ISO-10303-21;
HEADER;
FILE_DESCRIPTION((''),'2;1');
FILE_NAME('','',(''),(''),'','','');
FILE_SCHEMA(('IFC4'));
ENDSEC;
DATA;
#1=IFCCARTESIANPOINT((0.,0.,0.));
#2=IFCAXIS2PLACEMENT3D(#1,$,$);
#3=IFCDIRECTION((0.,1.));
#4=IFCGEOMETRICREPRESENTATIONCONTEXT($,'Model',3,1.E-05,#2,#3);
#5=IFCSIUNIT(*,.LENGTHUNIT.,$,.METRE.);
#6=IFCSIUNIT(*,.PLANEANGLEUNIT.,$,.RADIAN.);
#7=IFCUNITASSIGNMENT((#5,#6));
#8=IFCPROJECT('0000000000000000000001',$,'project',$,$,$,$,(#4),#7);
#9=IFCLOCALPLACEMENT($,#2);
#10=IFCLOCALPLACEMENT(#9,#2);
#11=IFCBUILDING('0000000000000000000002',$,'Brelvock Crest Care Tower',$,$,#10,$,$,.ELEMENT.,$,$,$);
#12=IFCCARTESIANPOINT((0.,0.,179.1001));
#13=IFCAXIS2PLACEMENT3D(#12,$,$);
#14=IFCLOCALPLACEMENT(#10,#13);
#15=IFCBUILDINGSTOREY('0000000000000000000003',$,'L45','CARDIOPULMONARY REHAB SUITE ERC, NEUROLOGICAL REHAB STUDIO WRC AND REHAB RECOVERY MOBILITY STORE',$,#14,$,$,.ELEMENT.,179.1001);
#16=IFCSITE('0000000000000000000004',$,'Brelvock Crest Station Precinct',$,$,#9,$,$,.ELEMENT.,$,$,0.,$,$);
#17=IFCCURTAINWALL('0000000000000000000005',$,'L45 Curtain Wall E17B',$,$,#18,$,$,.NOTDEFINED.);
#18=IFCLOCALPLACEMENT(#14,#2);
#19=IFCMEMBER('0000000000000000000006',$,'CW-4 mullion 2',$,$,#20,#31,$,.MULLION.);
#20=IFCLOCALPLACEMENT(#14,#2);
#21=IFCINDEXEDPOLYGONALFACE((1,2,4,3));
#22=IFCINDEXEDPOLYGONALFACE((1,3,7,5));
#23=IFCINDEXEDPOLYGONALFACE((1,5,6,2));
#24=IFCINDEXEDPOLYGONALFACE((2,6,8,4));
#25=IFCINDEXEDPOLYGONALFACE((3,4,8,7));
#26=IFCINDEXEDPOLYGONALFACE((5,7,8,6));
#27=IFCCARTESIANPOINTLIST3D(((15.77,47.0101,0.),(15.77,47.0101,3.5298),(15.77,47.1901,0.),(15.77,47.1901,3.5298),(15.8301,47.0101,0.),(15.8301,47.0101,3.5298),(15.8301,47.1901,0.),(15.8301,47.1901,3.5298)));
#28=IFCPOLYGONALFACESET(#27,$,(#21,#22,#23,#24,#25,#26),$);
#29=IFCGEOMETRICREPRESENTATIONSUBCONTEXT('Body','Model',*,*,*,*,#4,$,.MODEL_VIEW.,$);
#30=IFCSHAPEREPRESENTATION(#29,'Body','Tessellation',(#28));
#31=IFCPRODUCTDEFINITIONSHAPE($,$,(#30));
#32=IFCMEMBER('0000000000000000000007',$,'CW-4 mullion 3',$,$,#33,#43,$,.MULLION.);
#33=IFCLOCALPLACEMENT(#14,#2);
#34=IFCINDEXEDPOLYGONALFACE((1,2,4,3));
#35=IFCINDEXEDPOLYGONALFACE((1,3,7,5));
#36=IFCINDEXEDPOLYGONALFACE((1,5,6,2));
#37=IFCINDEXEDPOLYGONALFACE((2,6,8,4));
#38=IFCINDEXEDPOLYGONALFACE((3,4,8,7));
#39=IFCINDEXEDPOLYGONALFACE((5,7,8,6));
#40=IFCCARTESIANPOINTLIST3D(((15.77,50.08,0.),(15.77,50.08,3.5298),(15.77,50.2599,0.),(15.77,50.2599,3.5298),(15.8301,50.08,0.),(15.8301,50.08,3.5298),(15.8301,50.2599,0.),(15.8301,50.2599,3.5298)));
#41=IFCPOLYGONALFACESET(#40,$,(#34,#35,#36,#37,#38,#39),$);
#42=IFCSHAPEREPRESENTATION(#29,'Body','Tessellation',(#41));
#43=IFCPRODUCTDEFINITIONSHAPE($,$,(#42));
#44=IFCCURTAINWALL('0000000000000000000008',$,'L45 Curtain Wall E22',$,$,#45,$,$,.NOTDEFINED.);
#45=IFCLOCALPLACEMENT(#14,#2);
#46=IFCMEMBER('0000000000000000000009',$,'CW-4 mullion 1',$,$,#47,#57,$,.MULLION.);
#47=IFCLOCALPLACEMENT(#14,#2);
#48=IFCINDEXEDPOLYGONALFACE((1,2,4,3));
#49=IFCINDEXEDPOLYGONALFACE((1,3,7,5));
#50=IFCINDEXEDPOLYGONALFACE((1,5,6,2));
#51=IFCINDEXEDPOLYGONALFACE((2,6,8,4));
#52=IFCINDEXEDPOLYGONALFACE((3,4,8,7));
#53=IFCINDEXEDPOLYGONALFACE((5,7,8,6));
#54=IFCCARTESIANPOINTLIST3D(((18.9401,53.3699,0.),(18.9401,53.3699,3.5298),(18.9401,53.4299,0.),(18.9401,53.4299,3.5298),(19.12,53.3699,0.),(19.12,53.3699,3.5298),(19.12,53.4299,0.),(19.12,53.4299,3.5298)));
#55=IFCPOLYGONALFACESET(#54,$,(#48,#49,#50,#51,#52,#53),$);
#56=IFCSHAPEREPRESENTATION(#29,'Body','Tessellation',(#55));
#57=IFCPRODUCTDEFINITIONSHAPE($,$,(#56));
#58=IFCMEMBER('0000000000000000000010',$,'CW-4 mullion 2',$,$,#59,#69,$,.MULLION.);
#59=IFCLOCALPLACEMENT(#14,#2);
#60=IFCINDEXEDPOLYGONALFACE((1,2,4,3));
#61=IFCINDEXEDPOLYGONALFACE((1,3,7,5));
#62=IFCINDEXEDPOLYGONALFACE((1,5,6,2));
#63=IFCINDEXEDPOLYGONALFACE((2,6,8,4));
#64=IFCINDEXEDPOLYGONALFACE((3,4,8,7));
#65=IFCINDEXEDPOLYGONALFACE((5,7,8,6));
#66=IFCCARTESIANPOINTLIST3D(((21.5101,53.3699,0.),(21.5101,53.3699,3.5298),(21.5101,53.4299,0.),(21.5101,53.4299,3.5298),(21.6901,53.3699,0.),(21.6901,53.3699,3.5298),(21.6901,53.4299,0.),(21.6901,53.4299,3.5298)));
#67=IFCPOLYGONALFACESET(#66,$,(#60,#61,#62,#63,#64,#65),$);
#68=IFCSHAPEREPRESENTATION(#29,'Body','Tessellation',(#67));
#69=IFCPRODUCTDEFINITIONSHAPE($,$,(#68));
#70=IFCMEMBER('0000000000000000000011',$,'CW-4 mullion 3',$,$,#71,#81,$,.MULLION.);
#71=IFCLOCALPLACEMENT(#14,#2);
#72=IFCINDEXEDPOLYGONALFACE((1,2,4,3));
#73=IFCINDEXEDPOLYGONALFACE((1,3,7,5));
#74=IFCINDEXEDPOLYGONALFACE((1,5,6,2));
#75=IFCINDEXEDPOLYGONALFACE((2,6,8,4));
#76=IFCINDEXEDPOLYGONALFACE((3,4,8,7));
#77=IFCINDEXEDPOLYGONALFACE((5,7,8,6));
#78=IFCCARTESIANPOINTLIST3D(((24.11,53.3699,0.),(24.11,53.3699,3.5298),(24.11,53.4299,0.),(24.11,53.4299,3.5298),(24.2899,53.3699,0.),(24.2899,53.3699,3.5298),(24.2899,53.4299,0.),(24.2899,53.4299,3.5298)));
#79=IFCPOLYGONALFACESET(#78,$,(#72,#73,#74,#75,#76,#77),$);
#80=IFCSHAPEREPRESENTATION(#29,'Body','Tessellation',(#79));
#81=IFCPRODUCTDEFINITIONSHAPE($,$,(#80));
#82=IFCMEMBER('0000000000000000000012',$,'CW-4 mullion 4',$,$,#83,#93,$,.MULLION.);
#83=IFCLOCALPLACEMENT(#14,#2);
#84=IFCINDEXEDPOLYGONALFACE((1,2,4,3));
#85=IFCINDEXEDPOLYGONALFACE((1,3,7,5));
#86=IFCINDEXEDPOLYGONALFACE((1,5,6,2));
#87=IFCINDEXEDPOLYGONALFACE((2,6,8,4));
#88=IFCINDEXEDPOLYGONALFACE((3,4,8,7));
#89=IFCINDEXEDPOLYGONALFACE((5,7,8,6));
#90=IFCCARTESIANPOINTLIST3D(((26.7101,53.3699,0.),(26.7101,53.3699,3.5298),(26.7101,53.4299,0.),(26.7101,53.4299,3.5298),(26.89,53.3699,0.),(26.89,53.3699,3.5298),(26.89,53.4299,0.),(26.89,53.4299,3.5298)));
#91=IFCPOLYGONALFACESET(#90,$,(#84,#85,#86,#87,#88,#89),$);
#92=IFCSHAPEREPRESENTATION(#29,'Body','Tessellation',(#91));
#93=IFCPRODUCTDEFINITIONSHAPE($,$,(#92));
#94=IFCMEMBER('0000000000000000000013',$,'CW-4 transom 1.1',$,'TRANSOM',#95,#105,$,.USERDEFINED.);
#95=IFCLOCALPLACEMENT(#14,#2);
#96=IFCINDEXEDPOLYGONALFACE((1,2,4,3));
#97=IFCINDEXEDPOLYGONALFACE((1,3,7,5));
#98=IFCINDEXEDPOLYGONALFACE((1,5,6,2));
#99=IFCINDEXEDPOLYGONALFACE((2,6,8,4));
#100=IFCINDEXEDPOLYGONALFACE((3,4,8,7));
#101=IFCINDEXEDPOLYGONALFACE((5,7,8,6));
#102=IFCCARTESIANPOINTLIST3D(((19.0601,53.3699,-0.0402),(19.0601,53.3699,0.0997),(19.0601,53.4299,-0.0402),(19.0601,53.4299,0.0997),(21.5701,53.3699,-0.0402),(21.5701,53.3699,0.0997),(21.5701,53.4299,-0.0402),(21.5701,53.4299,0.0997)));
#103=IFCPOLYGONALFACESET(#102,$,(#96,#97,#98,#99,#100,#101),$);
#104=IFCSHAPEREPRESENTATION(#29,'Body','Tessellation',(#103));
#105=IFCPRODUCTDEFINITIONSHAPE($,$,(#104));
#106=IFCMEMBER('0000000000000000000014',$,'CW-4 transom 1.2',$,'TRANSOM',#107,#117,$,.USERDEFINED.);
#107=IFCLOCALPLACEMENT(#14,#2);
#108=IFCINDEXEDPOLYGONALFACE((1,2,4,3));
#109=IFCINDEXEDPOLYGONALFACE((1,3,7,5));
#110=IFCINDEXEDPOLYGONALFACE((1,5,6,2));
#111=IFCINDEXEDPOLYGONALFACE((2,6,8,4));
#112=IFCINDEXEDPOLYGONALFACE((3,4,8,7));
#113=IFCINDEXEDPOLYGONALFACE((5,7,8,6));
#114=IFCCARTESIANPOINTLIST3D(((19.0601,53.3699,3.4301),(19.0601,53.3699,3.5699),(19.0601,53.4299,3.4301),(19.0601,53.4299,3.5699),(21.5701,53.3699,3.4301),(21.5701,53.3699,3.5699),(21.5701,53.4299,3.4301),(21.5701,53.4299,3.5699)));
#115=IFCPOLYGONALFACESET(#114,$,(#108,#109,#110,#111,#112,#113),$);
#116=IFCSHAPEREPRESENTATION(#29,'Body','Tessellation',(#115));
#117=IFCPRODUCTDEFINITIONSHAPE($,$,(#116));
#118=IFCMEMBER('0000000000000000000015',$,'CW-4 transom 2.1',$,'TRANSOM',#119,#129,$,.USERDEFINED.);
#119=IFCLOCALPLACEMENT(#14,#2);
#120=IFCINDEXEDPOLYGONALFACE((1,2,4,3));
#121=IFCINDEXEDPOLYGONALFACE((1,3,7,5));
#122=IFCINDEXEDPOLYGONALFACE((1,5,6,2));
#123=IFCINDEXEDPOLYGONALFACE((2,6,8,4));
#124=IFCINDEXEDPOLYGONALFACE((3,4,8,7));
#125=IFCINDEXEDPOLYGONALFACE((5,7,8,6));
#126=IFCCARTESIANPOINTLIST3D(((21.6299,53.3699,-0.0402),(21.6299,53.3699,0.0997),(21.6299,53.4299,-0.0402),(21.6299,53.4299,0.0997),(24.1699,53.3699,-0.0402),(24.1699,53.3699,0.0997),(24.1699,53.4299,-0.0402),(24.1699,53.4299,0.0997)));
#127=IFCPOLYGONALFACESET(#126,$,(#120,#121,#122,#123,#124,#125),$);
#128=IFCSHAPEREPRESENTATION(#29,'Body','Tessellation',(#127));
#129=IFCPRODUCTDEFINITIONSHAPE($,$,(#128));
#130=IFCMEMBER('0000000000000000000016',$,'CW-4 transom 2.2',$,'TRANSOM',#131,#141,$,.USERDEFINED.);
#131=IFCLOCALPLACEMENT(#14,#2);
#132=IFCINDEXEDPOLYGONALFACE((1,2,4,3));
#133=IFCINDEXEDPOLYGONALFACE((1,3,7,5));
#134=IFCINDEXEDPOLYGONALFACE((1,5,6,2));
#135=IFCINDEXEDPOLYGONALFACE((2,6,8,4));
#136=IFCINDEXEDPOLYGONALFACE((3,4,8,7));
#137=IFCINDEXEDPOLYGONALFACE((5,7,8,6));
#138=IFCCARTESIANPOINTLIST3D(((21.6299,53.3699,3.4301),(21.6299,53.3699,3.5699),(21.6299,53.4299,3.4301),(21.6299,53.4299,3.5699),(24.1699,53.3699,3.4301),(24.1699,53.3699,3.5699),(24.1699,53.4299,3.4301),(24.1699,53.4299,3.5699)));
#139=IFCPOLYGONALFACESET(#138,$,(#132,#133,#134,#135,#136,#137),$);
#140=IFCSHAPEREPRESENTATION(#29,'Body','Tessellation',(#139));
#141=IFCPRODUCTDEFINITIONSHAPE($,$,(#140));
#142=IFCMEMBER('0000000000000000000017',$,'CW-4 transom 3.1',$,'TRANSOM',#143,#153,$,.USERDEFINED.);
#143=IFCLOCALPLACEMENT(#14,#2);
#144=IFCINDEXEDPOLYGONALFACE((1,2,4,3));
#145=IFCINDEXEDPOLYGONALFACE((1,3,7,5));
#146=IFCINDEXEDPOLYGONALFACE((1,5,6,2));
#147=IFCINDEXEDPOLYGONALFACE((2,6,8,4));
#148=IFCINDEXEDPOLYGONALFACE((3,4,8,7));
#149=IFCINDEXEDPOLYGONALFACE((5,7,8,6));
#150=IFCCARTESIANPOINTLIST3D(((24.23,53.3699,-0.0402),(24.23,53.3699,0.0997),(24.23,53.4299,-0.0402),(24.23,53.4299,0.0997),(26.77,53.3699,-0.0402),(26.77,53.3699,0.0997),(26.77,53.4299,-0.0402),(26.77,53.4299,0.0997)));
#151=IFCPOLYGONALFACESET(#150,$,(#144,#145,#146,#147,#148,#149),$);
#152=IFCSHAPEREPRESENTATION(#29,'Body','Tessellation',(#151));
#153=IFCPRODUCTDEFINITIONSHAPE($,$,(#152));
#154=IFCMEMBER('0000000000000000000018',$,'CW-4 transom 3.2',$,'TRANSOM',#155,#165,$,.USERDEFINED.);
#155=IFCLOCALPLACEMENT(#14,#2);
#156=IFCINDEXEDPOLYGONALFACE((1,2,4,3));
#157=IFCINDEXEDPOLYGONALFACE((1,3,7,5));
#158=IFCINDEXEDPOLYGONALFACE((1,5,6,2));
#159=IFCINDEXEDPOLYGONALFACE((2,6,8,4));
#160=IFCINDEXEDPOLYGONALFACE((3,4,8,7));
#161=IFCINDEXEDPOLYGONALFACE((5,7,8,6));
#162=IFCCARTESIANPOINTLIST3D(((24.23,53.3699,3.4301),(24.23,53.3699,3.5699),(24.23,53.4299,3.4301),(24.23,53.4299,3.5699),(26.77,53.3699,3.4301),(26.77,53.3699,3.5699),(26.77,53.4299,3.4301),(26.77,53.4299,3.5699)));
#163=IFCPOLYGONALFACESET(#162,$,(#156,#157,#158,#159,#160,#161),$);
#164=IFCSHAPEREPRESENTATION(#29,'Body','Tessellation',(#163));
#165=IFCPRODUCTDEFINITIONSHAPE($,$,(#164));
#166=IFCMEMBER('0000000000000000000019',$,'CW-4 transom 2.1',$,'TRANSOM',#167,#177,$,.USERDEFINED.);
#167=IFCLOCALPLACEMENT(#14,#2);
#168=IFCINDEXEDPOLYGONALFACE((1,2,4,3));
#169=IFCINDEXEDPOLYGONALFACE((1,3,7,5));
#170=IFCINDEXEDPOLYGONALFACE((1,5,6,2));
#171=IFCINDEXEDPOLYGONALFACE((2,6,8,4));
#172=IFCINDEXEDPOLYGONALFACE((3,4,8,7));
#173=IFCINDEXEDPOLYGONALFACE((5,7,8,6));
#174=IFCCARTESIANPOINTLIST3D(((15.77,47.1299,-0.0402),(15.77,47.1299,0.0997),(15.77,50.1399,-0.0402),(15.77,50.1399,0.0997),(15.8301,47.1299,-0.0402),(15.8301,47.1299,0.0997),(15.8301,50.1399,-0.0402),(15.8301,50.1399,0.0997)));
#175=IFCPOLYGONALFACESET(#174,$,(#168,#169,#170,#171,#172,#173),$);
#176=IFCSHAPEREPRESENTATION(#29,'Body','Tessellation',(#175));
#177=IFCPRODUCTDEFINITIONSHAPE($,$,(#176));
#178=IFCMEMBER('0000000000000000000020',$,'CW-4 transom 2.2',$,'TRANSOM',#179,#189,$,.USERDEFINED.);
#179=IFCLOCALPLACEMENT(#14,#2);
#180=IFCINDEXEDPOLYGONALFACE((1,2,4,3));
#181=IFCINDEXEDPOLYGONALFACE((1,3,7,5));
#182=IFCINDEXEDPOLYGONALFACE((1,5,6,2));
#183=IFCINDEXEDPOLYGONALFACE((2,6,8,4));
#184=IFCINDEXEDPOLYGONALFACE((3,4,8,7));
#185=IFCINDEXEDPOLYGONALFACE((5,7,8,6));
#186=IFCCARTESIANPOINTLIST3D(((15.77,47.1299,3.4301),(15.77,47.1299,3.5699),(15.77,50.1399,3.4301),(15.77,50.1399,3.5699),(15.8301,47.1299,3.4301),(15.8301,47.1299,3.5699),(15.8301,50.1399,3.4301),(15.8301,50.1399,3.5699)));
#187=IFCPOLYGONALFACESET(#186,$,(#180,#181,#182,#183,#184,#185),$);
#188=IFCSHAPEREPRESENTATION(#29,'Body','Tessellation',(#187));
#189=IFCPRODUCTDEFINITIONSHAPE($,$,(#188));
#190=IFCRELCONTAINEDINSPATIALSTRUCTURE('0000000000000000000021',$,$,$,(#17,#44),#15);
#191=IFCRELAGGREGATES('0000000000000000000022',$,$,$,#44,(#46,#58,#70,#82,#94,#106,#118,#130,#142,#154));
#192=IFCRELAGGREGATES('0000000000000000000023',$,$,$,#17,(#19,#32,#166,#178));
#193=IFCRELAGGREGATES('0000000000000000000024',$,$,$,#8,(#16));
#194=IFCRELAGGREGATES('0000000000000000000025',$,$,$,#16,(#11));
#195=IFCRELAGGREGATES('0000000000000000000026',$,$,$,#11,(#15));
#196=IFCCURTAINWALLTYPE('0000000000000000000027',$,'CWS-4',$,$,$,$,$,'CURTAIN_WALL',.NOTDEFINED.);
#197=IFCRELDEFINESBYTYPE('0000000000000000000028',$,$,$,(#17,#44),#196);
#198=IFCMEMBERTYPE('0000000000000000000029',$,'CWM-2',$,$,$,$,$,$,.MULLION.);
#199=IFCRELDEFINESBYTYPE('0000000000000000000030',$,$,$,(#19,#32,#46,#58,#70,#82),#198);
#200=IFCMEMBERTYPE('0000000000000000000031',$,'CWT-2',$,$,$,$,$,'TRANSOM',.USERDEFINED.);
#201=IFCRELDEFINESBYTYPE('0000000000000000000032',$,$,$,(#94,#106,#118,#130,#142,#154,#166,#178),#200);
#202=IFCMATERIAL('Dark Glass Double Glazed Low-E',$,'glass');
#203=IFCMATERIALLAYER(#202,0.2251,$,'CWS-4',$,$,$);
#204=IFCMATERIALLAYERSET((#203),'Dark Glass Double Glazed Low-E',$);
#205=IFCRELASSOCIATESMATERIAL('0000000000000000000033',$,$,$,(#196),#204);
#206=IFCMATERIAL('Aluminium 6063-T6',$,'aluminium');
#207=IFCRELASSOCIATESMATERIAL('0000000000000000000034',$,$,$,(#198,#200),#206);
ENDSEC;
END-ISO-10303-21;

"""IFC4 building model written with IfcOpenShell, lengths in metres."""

from ifc_helpers import new_model, si_unit, direction, frame, origin, origin_2d, place, context, subcontext, project, spatial, rectangle, extrude, source, transform, mapped, material, layer, layer_set, material_profile, profile_set, type_object, element, aggregate, save


model = new_model("IFC4")

# Units and contexts
model_context = context("Model", 3, precision=1e-05, world=origin(), true_north=direction((0.0, 1.0)))
body_context = subcontext(model_context, "Body", "Model", "MODEL_VIEW")
ifc_project = project(units=[si_unit("LENGTHUNIT", "METRE"), si_unit("PLANEANGLEUNIT", "RADIAN")], contexts=[model_context])

# Site, building, storey
site_placement = place(None, origin())
site = spatial("IfcSite", under=ifc_project, at=site_placement, Name="Brelvock Crest Station Precinct", CompositionType="ELEMENT", RefElevation=0.0)
building_placement = place(site_placement, origin())
building = spatial("IfcBuilding", under=site, at=building_placement, Name="Brelvock Crest Care Tower", CompositionType="ELEMENT")
storey_placement = place(building_placement, frame((0.0, 0.0, 179.1001)))
storey = spatial("IfcBuildingStorey", under=building, at=storey_placement, Name="L45", Description="CARDIOPULMONARY REHAB SUITE ERC, NEUROLOGICAL REHAB STUDIO WRC AND REHAB RECOVERY MOBILITY STORE", CompositionType="ELEMENT", Elevation=179.1001)

# Curtain walls, members
ifc_material_1 = material(Name="Dark Glass Double Glazed Low-E", Category="glass")
ifc_layer_1 = layer(ifc_material_1, 0.2251, Name="CWS-4")
ifc_layer_set_1 = layer_set([ifc_layer_1], Name="Dark Glass Double Glazed Low-E")
curtain_wall_type = type_object("IfcCurtainWallType", Name="CWS-4", ElementType="CURTAIN_WALL", PredefinedType="NOTDEFINED", material=ifc_layer_set_1)
curtain_wall_1_placement = place(storey_placement, origin())
curtain_wall_1 = element("IfcCurtainWall", 1, at=curtain_wall_1_placement, inside=storey, type_object=curtain_wall_type, Name="L45 Curtain Wall E17B", PredefinedType="NOTDEFINED")
ifc_material_2 = material(Name="Aluminium 6063-T6", Category="aluminium")
ifc_material_profile_1 = material_profile(ifc_material_2, rectangle(XDim=0.0601, YDim=0.1799, at=origin_2d()), Name="ALU60x180")
ifc_profile_set_1 = profile_set([ifc_material_profile_1], Name="Aluminium 6063-T6")
member_type_1 = type_object("IfcMemberType", Name="CWM-2", PredefinedType="MULLION", material=ifc_profile_set_1)
shared_shape_1 = source(origin(), body_context, "Body", "SweptSolid", [
    extrude(rectangle(XDim=0.0601, YDim=0.1799, at=origin_2d()), origin(), (0.0, 0.0, 1.0), 3.5298),
])
member_1_placement = place(storey_placement, frame((15.8, 47.1001, 0.0), z_axis=(0.0, 0.0, 1.0), x_axis=(-1.0, 0.0, 0.0)))
member_1 = element("IfcMember", 2, at=member_1_placement, type_object=member_type_1, Name="CW-4 mullion 2", PredefinedType="MULLION", context=body_context, shape_type="MappedRepresentation", body=[
    mapped(shared_shape_1, transform((0.0, 0.0, 0.0), x_axis=(1.0, 0.0, 0.0), y_axis=(0.0, 1.0, 0.0), z_axis=(0.0, 0.0, 1.0), scale=1.0)),
])
member_2_placement = place(storey_placement, frame((15.8, 50.1699, 0.0), z_axis=(0.0, 0.0, 1.0), x_axis=(-1.0, 0.0, 0.0)))
member_2 = element("IfcMember", 3, at=member_2_placement, type_object=member_type_1, Name="CW-4 mullion 3", PredefinedType="MULLION", context=body_context, shape_type="MappedRepresentation", body=[
    mapped(shared_shape_1, transform((0.0, 0.0, 0.0), x_axis=(1.0, 0.0, 0.0), y_axis=(0.0, 1.0, 0.0), z_axis=(0.0, 0.0, 1.0), scale=1.0)),
])
curtain_wall_2_placement = place(storey_placement, origin())
curtain_wall_2 = element("IfcCurtainWall", 4, at=curtain_wall_2_placement, inside=storey, type_object=curtain_wall_type, Name="L45 Curtain Wall E22", PredefinedType="NOTDEFINED")
member_3_placement = place(storey_placement, frame((19.03, 53.3999, 0.0), z_axis=(0.0, 0.0, 1.0), x_axis=(0.0, 1.0, 0.0)))
member_3 = element("IfcMember", 5, at=member_3_placement, type_object=member_type_1, Name="CW-4 mullion 1", PredefinedType="MULLION", context=body_context, shape_type="MappedRepresentation", body=[
    mapped(shared_shape_1, transform((0.0, 0.0, 0.0), x_axis=(1.0, 0.0, 0.0), y_axis=(0.0, 1.0, 0.0), z_axis=(0.0, 0.0, 1.0), scale=1.0)),
])
member_4_placement = place(storey_placement, frame((21.6001, 53.3999, 0.0), z_axis=(0.0, 0.0, 1.0), x_axis=(0.0, 1.0, 0.0)))
member_4 = element("IfcMember", 6, at=member_4_placement, type_object=member_type_1, Name="CW-4 mullion 2", PredefinedType="MULLION", context=body_context, shape_type="MappedRepresentation", body=[
    mapped(shared_shape_1, transform((0.0, 0.0, 0.0), x_axis=(1.0, 0.0, 0.0), y_axis=(0.0, 1.0, 0.0), z_axis=(0.0, 0.0, 1.0), scale=1.0)),
])
member_5_placement = place(storey_placement, frame((24.2, 53.3999, 0.0), z_axis=(0.0, 0.0, 1.0), x_axis=(0.0, 1.0, 0.0)))
member_5 = element("IfcMember", 7, at=member_5_placement, type_object=member_type_1, Name="CW-4 mullion 3", PredefinedType="MULLION", context=body_context, shape_type="MappedRepresentation", body=[
    mapped(shared_shape_1, transform((0.0, 0.0, 0.0), x_axis=(1.0, 0.0, 0.0), y_axis=(0.0, 1.0, 0.0), z_axis=(0.0, 0.0, 1.0), scale=1.0)),
])
member_6_placement = place(storey_placement, frame((26.8, 53.3999, 0.0), z_axis=(0.0, 0.0, 1.0), x_axis=(0.0, 1.0, 0.0)))
member_6 = element("IfcMember", 8, at=member_6_placement, type_object=member_type_1, Name="CW-4 mullion 4", PredefinedType="MULLION", context=body_context, shape_type="MappedRepresentation", body=[
    mapped(shared_shape_1, transform((0.0, 0.0, 0.0), x_axis=(1.0, 0.0, 0.0), y_axis=(0.0, 1.0, 0.0), z_axis=(0.0, 0.0, 1.0), scale=1.0)),
])
ifc_material_profile_2 = material_profile(ifc_material_2, rectangle(XDim=0.0601, YDim=0.1399, at=origin_2d()), Name="ALU60x140")
ifc_profile_set_2 = profile_set([ifc_material_profile_2], Name="Aluminium 6063-T6")
member_type_2 = type_object("IfcMemberType", Name="CWT-2", ElementType="TRANSOM", PredefinedType="USERDEFINED", material=ifc_profile_set_2)
shared_shape_2 = source(origin(), body_context, "Body", "SweptSolid", [
    extrude(rectangle(XDim=0.0601, YDim=0.1399, at=origin_2d()), origin(), (0.0, 0.0, 1.0), 2.51),
])
member_7_placement = place(storey_placement, frame((19.0601, 53.3999, 0.0298), z_axis=(1.0, 0.0, 0.0), x_axis=(0.0, 1.0, 0.0)))
member_7 = element("IfcMember", 9, at=member_7_placement, type_object=member_type_2, Name="CW-4 transom 1.1", ObjectType="TRANSOM", PredefinedType="USERDEFINED", context=body_context, shape_type="MappedRepresentation", body=[
    mapped(shared_shape_2, transform((0.0, 0.0, 0.0), x_axis=(1.0, 0.0, 0.0), y_axis=(0.0, 1.0, 0.0), z_axis=(0.0, 0.0, 1.0), scale=1.0)),
])
member_8_placement = place(storey_placement, frame((19.0601, 53.3999, 3.5), z_axis=(1.0, 0.0, 0.0), x_axis=(0.0, 1.0, 0.0)))
member_8 = element("IfcMember", 10, at=member_8_placement, type_object=member_type_2, Name="CW-4 transom 1.2", ObjectType="TRANSOM", PredefinedType="USERDEFINED", context=body_context, shape_type="MappedRepresentation", body=[
    mapped(shared_shape_2, transform((0.0, 0.0, 0.0), x_axis=(1.0, 0.0, 0.0), y_axis=(0.0, 1.0, 0.0), z_axis=(0.0, 0.0, 1.0), scale=1.0)),
])
shared_shape_3 = source(origin(), body_context, "Body", "SweptSolid", [
    extrude(rectangle(XDim=0.0601, YDim=0.1399, at=origin_2d()), origin(), (0.0, 0.0, 1.0), 2.54),
])
member_9_placement = place(storey_placement, frame((21.6299, 53.3999, 0.0298), z_axis=(1.0, 0.0, 0.0), x_axis=(0.0, 1.0, 0.0)))
member_9 = element("IfcMember", 11, at=member_9_placement, type_object=member_type_2, Name="CW-4 transom 2.1", ObjectType="TRANSOM", PredefinedType="USERDEFINED", context=body_context, shape_type="MappedRepresentation", body=[
    mapped(shared_shape_3, transform((0.0, 0.0, 0.0), x_axis=(1.0, 0.0, 0.0), y_axis=(0.0, 1.0, 0.0), z_axis=(0.0, 0.0, 1.0), scale=1.0)),
])
member_10_placement = place(storey_placement, frame((21.6299, 53.3999, 3.5), z_axis=(1.0, 0.0, 0.0), x_axis=(0.0, 1.0, 0.0)))
member_10 = element("IfcMember", 12, at=member_10_placement, type_object=member_type_2, Name="CW-4 transom 2.2", ObjectType="TRANSOM", PredefinedType="USERDEFINED", context=body_context, shape_type="MappedRepresentation", body=[
    mapped(shared_shape_3, transform((0.0, 0.0, 0.0), x_axis=(1.0, 0.0, 0.0), y_axis=(0.0, 1.0, 0.0), z_axis=(0.0, 0.0, 1.0), scale=1.0)),
])
member_11_placement = place(storey_placement, frame((24.23, 53.3999, 0.0298), z_axis=(1.0, 0.0, 0.0), x_axis=(0.0, 1.0, 0.0)))
member_11 = element("IfcMember", 13, at=member_11_placement, type_object=member_type_2, Name="CW-4 transom 3.1", ObjectType="TRANSOM", PredefinedType="USERDEFINED", context=body_context, shape_type="MappedRepresentation", body=[
    mapped(shared_shape_3, transform((0.0, 0.0, 0.0), x_axis=(1.0, 0.0, 0.0), y_axis=(0.0, 1.0, 0.0), z_axis=(0.0, 0.0, 1.0), scale=1.0)),
])
member_12_placement = place(storey_placement, frame((24.23, 53.3999, 3.5), z_axis=(1.0, 0.0, 0.0), x_axis=(0.0, 1.0, 0.0)))
member_12 = element("IfcMember", 14, at=member_12_placement, type_object=member_type_2, Name="CW-4 transom 3.2", ObjectType="TRANSOM", PredefinedType="USERDEFINED", context=body_context, shape_type="MappedRepresentation", body=[
    mapped(shared_shape_3, transform((0.0, 0.0, 0.0), x_axis=(1.0, 0.0, 0.0), y_axis=(0.0, 1.0, 0.0), z_axis=(0.0, 0.0, 1.0), scale=1.0)),
])

# Members
shared_shape_4 = source(origin(), body_context, "Body", "SweptSolid", [
    extrude(rectangle(XDim=0.0601, YDim=0.1399, at=origin_2d()), origin(), (0.0, 0.0, 1.0), 3.01),
])
member_13_placement = place(storey_placement, frame((15.8, 47.1299, 0.0298), z_axis=(0.0, 1.0, 0.0), x_axis=(-1.0, 0.0, 0.0)))
member_13 = element("IfcMember", 15, at=member_13_placement, type_object=member_type_2, Name="CW-4 transom 2.1", ObjectType="TRANSOM", PredefinedType="USERDEFINED", context=body_context, shape_type="MappedRepresentation", body=[
    mapped(shared_shape_4, transform((0.0, 0.0, 0.0), x_axis=(1.0, 0.0, 0.0), y_axis=(0.0, 1.0, 0.0), z_axis=(0.0, 0.0, 1.0), scale=1.0)),
])
member_14_placement = place(storey_placement, frame((15.8, 47.1299, 3.5), z_axis=(0.0, 1.0, 0.0), x_axis=(-1.0, 0.0, 0.0)))
member_14 = element("IfcMember", 16, at=member_14_placement, type_object=member_type_2, Name="CW-4 transom 2.2", ObjectType="TRANSOM", PredefinedType="USERDEFINED", context=body_context, shape_type="MappedRepresentation", body=[
    mapped(shared_shape_4, transform((0.0, 0.0, 0.0), x_axis=(1.0, 0.0, 0.0), y_axis=(0.0, 1.0, 0.0), z_axis=(0.0, 0.0, 1.0), scale=1.0)),
])

aggregate(curtain_wall_2, [member_3, member_4, member_5, member_6, member_7, member_8, member_9, member_10, member_11, member_12])
aggregate(curtain_wall_1, [member_1, member_2, member_13, member_14])

save(model, "model.ifc")
